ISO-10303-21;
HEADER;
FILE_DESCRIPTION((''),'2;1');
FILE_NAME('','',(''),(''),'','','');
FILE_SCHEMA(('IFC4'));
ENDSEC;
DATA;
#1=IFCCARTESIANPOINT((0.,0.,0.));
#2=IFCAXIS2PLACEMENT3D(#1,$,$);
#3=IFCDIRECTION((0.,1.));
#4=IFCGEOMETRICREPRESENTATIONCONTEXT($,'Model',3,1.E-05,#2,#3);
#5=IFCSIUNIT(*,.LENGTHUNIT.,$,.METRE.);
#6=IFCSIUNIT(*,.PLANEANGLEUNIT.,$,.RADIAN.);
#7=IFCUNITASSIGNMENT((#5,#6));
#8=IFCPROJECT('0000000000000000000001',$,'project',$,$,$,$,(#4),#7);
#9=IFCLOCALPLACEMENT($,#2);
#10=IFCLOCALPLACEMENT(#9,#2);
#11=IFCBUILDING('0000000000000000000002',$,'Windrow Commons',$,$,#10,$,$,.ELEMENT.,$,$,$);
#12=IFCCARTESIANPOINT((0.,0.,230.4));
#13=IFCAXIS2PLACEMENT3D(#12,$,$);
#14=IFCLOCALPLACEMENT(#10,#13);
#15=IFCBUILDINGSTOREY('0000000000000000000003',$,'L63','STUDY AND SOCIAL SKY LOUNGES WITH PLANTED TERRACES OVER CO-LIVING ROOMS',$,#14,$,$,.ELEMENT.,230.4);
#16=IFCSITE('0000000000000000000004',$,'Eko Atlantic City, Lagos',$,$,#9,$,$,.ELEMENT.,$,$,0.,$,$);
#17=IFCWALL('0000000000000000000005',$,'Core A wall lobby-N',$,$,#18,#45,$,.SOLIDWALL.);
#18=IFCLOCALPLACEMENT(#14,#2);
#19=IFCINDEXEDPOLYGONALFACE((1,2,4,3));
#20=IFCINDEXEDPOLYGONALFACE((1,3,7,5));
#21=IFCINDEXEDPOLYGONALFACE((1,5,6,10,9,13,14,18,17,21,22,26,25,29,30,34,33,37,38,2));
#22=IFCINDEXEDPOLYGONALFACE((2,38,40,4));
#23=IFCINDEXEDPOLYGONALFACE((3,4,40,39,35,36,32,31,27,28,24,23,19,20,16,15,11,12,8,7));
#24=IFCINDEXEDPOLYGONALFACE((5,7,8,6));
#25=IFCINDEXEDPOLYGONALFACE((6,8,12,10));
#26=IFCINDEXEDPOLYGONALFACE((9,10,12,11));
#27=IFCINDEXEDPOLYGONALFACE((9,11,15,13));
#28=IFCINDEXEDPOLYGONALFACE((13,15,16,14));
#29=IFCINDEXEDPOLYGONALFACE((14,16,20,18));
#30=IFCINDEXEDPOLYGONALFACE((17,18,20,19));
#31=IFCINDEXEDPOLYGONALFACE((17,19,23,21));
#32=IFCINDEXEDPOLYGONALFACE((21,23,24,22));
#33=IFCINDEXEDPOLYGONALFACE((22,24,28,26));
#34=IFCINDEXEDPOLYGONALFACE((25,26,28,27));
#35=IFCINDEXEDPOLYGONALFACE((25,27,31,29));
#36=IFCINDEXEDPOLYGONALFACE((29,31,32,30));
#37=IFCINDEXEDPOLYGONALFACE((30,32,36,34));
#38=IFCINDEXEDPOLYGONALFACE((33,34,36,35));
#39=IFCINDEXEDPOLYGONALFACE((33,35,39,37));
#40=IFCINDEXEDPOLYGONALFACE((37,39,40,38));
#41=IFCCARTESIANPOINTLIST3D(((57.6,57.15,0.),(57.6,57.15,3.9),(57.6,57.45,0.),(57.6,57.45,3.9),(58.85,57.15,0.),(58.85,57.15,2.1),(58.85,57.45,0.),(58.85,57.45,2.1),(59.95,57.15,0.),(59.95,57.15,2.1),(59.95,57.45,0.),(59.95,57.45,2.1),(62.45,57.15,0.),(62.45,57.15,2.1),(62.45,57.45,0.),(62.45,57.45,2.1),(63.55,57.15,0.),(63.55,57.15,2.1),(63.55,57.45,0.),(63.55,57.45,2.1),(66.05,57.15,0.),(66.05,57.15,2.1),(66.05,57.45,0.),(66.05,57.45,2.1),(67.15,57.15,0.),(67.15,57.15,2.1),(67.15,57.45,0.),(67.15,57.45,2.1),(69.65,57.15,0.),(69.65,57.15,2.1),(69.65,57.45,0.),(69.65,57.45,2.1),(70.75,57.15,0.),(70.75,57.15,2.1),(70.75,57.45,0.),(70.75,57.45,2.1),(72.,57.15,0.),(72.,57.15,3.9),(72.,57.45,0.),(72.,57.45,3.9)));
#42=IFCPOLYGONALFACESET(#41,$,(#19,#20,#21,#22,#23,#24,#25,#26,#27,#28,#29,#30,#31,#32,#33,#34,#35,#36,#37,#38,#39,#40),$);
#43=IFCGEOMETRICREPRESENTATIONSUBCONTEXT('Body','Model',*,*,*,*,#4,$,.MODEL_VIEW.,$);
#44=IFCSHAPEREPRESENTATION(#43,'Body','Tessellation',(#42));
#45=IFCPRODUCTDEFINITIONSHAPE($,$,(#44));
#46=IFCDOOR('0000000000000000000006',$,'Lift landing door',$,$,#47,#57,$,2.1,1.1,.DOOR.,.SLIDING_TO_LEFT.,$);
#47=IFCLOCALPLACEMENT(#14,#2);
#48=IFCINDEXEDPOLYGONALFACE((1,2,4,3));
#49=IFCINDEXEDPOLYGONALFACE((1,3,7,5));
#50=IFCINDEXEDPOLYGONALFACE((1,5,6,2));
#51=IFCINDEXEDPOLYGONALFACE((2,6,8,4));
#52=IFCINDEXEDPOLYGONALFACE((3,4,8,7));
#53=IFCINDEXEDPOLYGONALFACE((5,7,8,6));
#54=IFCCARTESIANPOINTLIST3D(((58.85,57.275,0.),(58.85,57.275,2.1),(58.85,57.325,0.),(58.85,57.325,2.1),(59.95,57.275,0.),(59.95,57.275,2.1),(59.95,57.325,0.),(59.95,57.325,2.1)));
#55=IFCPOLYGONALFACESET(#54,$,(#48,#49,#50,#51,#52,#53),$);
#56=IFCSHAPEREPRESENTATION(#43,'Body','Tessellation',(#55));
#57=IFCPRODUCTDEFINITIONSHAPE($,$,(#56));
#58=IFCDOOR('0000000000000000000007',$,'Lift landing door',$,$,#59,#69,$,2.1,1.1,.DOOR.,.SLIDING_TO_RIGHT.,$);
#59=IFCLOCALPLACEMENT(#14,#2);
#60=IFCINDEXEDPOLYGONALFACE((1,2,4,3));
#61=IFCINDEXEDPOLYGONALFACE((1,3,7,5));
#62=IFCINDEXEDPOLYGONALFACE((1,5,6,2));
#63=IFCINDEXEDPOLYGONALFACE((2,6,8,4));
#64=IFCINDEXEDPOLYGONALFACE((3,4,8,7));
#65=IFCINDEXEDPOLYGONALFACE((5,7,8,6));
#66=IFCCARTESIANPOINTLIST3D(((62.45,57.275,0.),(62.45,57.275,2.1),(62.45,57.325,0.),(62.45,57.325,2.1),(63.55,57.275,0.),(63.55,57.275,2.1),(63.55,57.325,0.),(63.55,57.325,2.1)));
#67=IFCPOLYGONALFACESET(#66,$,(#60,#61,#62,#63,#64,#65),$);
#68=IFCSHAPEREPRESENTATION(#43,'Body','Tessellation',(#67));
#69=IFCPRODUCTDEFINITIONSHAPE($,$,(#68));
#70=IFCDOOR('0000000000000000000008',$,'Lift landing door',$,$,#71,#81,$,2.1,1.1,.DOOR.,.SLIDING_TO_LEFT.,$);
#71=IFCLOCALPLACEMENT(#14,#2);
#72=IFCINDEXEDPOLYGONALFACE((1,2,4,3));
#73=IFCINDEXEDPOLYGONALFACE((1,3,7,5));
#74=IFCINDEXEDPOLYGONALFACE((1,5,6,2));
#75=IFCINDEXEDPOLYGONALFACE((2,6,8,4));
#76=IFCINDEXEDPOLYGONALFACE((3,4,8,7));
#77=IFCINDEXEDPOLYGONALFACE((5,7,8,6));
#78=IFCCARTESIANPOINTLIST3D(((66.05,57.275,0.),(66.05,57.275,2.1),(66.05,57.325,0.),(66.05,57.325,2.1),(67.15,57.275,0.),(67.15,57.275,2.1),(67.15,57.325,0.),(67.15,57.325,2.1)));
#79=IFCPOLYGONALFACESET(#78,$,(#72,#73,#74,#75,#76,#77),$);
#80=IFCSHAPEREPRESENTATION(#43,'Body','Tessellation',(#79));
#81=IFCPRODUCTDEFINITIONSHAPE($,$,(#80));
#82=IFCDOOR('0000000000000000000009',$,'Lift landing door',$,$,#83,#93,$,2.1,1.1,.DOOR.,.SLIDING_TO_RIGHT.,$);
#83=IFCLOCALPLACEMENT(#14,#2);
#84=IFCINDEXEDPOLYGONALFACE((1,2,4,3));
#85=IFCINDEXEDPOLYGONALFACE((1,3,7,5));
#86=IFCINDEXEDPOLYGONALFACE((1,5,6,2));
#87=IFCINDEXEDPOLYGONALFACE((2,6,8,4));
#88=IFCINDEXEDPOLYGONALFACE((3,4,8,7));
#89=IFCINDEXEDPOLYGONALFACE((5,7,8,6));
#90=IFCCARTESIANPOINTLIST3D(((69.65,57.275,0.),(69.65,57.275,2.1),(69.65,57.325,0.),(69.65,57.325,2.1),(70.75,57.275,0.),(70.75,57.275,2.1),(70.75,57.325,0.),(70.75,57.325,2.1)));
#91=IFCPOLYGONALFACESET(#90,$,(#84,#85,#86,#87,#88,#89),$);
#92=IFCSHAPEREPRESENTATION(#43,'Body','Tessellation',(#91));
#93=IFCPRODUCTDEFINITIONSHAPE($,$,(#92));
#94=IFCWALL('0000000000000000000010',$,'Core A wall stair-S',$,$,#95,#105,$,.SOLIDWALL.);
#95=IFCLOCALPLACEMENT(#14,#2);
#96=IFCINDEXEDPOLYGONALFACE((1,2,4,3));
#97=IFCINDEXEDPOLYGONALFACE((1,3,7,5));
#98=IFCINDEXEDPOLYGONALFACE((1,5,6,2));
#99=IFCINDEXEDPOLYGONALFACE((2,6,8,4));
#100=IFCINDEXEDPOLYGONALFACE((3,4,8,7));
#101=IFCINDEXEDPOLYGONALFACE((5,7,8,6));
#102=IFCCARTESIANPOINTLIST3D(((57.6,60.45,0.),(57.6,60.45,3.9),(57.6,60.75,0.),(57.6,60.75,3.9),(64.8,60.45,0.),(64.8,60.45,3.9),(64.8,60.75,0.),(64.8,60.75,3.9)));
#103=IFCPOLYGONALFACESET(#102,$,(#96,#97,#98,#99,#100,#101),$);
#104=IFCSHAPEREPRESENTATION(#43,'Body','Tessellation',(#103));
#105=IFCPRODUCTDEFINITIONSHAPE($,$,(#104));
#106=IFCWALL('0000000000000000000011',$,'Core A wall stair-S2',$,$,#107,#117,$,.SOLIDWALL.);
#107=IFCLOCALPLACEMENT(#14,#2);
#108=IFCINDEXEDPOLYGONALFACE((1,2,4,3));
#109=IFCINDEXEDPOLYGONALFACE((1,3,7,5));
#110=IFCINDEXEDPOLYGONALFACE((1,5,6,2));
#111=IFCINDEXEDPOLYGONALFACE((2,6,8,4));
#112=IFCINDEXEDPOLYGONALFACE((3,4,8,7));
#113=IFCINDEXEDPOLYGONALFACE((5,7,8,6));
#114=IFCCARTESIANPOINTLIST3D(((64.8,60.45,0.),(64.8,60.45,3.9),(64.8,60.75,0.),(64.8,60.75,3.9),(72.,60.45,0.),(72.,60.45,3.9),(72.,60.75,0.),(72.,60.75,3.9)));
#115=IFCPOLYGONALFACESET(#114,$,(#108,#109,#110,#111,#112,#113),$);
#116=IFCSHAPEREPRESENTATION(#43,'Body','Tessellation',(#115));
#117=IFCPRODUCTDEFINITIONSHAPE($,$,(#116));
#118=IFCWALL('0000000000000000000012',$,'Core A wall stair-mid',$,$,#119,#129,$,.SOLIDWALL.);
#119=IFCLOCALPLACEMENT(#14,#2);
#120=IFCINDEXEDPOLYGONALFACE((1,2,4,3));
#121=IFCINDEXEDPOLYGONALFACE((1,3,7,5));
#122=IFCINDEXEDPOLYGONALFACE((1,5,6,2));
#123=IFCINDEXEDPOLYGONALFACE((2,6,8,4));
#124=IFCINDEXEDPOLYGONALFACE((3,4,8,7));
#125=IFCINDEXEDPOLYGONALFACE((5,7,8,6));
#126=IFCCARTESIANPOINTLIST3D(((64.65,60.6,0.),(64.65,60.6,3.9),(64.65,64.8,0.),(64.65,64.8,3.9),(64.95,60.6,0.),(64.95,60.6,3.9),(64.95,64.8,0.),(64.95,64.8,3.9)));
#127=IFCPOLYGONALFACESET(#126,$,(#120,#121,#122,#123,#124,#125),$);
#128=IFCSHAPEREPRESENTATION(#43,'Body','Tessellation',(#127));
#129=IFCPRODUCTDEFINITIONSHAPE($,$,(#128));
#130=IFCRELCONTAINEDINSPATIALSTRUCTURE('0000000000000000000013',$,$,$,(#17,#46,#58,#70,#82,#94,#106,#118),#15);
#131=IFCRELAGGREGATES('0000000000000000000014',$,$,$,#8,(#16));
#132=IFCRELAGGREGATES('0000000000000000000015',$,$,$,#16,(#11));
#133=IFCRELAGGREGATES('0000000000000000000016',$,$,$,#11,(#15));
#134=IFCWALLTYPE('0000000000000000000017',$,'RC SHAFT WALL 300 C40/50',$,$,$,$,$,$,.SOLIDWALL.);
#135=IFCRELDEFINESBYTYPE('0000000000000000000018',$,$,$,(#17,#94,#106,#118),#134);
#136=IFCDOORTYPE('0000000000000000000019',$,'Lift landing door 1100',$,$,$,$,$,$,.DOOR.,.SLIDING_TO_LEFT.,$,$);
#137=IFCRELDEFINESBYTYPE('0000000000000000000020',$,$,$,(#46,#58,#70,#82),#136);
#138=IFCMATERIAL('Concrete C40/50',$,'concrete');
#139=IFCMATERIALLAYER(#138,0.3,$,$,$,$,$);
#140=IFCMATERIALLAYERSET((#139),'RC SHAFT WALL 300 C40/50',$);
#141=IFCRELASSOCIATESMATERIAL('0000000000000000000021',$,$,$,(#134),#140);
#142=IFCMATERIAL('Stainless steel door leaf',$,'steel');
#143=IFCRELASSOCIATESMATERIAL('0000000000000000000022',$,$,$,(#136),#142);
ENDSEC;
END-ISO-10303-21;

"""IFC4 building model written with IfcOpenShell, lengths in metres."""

from ifc_helpers import new_model, si_unit, direction, frame, frame_2d, origin, place, context, subcontext, project, spatial, rectangle, extrude, material, layer, layer_set, type_object, element, fill, save


model = new_model("IFC4")

# Units and contexts
model_context = context("Model", 3, precision=1e-05, world=origin(), true_north=direction((0.0, 1.0)))
body_context = subcontext(model_context, "Body", "Model", "MODEL_VIEW")
ifc_project = project(units=[si_unit("LENGTHUNIT", "METRE"), si_unit("PLANEANGLEUNIT", "RADIAN")], contexts=[model_context])

# Site, building, storey
site_placement = place(None, origin())
site = spatial("IfcSite", under=ifc_project, at=site_placement, Name="Eko Atlantic City, Lagos", CompositionType="ELEMENT", RefElevation=0.0)
building_placement = place(site_placement, origin())
building = spatial("IfcBuilding", under=site, at=building_placement, Name="Windrow Commons", CompositionType="ELEMENT")
storey_placement = place(building_placement, frame((0.0, 0.0, 230.4)))
storey = spatial("IfcBuildingStorey", under=building, at=storey_placement, Name="L63", Description="STUDY AND SOCIAL SKY LOUNGES WITH PLANTED TERRACES OVER CO-LIVING ROOMS", CompositionType="ELEMENT", Elevation=230.4)

# Shared definitions
ifc_material_1 = material(Name="Concrete C40/50", Category="concrete")
ifc_layer_1 = layer(ifc_material_1, 0.3)
ifc_layer_set_1 = layer_set([ifc_layer_1], Name="RC SHAFT WALL 300 C40/50")
wall_type_1 = type_object("IfcWallType", Name="RC SHAFT WALL 300 C40/50", PredefinedType="SOLIDWALL", material=ifc_layer_set_1)

# Wall, openings, doors
ifc_material_2 = material(Name="Stainless steel door leaf", Category="steel")
door_type_1 = type_object("IfcDoorType", Name="Lift landing door 1100", OperationType="SLIDING_TO_LEFT", PredefinedType="DOOR", material=ifc_material_2)
wall_1_placement = place(storey_placement, frame((57.6, 57.3, 0.0), z_axis=(0.0, 0.0, 1.0), x_axis=(1.0, 0.0, 0.0)))
wall_1 = element("IfcWall", 1, at=wall_1_placement, inside=storey, type_object=wall_type_1, Name="Core A wall lobby-N", PredefinedType="SOLIDWALL", context=body_context, shape_type="SweptSolid", body=[
    extrude(rectangle(XDim=14.4, YDim=0.3, at=frame_2d((7.2, 0.0))), origin(), (0.0, 0.0, 1.0), 3.9),
])
opening_1_placement = place(wall_1_placement, frame((1.25, 0.0, 0.0)))
opening_1 = element("IfcOpeningElement", 2, at=opening_1_placement, cuts=wall_1, PredefinedType="OPENING", context=body_context, shape_type="SweptSolid", body=[
    extrude(rectangle(XDim=1.1, YDim=2.1, at=frame_2d((0.55, 1.05))), frame((0.0, 0.16, 0.0), z_axis=(0.0, -1.0, 0.0), x_axis=(1.0, 0.0, 0.0)), (0.0, 0.0, 1.0), 0.32),
])
opening_2_placement = place(wall_1_placement, frame((4.85, 0.0, 0.0)))
opening_2 = element("IfcOpeningElement", 3, at=opening_2_placement, cuts=wall_1, PredefinedType="OPENING", context=body_context, shape_type="SweptSolid", body=[
    extrude(rectangle(XDim=1.1, YDim=2.1, at=frame_2d((0.55, 1.05))), frame((0.0, 0.16, 0.0), z_axis=(0.0, -1.0, 0.0), x_axis=(1.0, 0.0, 0.0)), (0.0, 0.0, 1.0), 0.32),
])
opening_3_placement = place(wall_1_placement, frame((8.45, 0.0, 0.0)))
opening_3 = element("IfcOpeningElement", 4, at=opening_3_placement, cuts=wall_1, PredefinedType="OPENING", context=body_context, shape_type="SweptSolid", body=[
    extrude(rectangle(XDim=1.1, YDim=2.1, at=frame_2d((0.55, 1.05))), frame((0.0, 0.16, 0.0), z_axis=(0.0, -1.0, 0.0), x_axis=(1.0, 0.0, 0.0)), (0.0, 0.0, 1.0), 0.32),
])
opening_4_placement = place(wall_1_placement, frame((12.05, 0.0, 0.0)))
opening_4 = element("IfcOpeningElement", 5, at=opening_4_placement, cuts=wall_1, PredefinedType="OPENING", context=body_context, shape_type="SweptSolid", body=[
    extrude(rectangle(XDim=1.1, YDim=2.1, at=frame_2d((0.55, 1.05))), frame((0.0, 0.16, 0.0), z_axis=(0.0, -1.0, 0.0), x_axis=(1.0, 0.0, 0.0)), (0.0, 0.0, 1.0), 0.32),
])
door_1_placement = place(opening_1_placement, origin())
door_1 = element("IfcDoor", 6, at=door_1_placement, inside=storey, type_object=door_type_1, Name="Lift landing door", OperationType="SLIDING_TO_LEFT", OverallHeight=2.1, OverallWidth=1.1, PredefinedType="DOOR", context=body_context, shape_type="SweptSolid", body=[
    extrude(rectangle(XDim=1.1, YDim=2.1, at=frame_2d((0.55, 1.05))), frame((0.0, 0.025, 0.0), z_axis=(0.0, -1.0, 0.0), x_axis=(1.0, 0.0, 0.0)), (0.0, 0.0, 1.0), 0.05),
])
fill(opening_1, door_1)
door_2_placement = place(opening_2_placement, origin())
door_2 = element("IfcDoor", 7, at=door_2_placement, inside=storey, type_object=door_type_1, Name="Lift landing door", OperationType="SLIDING_TO_RIGHT", OverallHeight=2.1, OverallWidth=1.1, PredefinedType="DOOR", context=body_context, shape_type="SweptSolid", body=[
    extrude(rectangle(XDim=1.1, YDim=2.1, at=frame_2d((0.55, 1.05))), frame((0.0, 0.025, 0.0), z_axis=(0.0, -1.0, 0.0), x_axis=(1.0, 0.0, 0.0)), (0.0, 0.0, 1.0), 0.05),
])
fill(opening_2, door_2)
door_3_placement = place(opening_3_placement, origin())
door_3 = element("IfcDoor", 8, at=door_3_placement, inside=storey, type_object=door_type_1, Name="Lift landing door", OperationType="SLIDING_TO_LEFT", OverallHeight=2.1, OverallWidth=1.1, PredefinedType="DOOR", context=body_context, shape_type="SweptSolid", body=[
    extrude(rectangle(XDim=1.1, YDim=2.1, at=frame_2d((0.55, 1.05))), frame((0.0, 0.025, 0.0), z_axis=(0.0, -1.0, 0.0), x_axis=(1.0, 0.0, 0.0)), (0.0, 0.0, 1.0), 0.05),
])
fill(opening_3, door_3)
door_4_placement = place(opening_4_placement, origin())
door_4 = element("IfcDoor", 9, at=door_4_placement, inside=storey, type_object=door_type_1, Name="Lift landing door", OperationType="SLIDING_TO_RIGHT", OverallHeight=2.1, OverallWidth=1.1, PredefinedType="DOOR", context=body_context, shape_type="SweptSolid", body=[
    extrude(rectangle(XDim=1.1, YDim=2.1, at=frame_2d((0.55, 1.05))), frame((0.0, 0.025, 0.0), z_axis=(0.0, -1.0, 0.0), x_axis=(1.0, 0.0, 0.0)), (0.0, 0.0, 1.0), 0.05),
])
fill(opening_4, door_4)

# Walls
for number, where, z_axis, x_axis, name in (
    (10, (57.6, 60.6, 0.0), (0.0, 0.0, 1.0), (1.0, 0.0, 0.0), "Core A wall stair-S"),
    (11, (64.8, 60.6, 0.0), (0.0, 0.0, 1.0), (1.0, 0.0, 0.0), "Core A wall stair-S2"),
):
    element("IfcWall", number, at=place(storey_placement, frame(where, z_axis=z_axis, x_axis=x_axis)), inside=storey, type_object=wall_type_1, Name=name, PredefinedType="SOLIDWALL", context=body_context, shape_type="SweptSolid", body=[
        extrude(rectangle(XDim=7.2, YDim=0.3, at=frame_2d((3.6, 0.0))), origin(), (0.0, 0.0, 1.0), 3.9),
    ])
wall_2_placement = place(storey_placement, frame((64.8, 60.6, 0.0), z_axis=(0.0, 0.0, 1.0), x_axis=(0.0, 1.0, 0.0)))
element("IfcWall", 12, at=wall_2_placement, inside=storey, type_object=wall_type_1, Name="Core A wall stair-mid", PredefinedType="SOLIDWALL", context=body_context, shape_type="SweptSolid", body=[
    extrude(rectangle(XDim=4.2, YDim=0.3, at=frame_2d((2.1, 0.0))), origin(), (0.0, 0.0, 1.0), 3.9),
])

save(model, "model.ifc")
